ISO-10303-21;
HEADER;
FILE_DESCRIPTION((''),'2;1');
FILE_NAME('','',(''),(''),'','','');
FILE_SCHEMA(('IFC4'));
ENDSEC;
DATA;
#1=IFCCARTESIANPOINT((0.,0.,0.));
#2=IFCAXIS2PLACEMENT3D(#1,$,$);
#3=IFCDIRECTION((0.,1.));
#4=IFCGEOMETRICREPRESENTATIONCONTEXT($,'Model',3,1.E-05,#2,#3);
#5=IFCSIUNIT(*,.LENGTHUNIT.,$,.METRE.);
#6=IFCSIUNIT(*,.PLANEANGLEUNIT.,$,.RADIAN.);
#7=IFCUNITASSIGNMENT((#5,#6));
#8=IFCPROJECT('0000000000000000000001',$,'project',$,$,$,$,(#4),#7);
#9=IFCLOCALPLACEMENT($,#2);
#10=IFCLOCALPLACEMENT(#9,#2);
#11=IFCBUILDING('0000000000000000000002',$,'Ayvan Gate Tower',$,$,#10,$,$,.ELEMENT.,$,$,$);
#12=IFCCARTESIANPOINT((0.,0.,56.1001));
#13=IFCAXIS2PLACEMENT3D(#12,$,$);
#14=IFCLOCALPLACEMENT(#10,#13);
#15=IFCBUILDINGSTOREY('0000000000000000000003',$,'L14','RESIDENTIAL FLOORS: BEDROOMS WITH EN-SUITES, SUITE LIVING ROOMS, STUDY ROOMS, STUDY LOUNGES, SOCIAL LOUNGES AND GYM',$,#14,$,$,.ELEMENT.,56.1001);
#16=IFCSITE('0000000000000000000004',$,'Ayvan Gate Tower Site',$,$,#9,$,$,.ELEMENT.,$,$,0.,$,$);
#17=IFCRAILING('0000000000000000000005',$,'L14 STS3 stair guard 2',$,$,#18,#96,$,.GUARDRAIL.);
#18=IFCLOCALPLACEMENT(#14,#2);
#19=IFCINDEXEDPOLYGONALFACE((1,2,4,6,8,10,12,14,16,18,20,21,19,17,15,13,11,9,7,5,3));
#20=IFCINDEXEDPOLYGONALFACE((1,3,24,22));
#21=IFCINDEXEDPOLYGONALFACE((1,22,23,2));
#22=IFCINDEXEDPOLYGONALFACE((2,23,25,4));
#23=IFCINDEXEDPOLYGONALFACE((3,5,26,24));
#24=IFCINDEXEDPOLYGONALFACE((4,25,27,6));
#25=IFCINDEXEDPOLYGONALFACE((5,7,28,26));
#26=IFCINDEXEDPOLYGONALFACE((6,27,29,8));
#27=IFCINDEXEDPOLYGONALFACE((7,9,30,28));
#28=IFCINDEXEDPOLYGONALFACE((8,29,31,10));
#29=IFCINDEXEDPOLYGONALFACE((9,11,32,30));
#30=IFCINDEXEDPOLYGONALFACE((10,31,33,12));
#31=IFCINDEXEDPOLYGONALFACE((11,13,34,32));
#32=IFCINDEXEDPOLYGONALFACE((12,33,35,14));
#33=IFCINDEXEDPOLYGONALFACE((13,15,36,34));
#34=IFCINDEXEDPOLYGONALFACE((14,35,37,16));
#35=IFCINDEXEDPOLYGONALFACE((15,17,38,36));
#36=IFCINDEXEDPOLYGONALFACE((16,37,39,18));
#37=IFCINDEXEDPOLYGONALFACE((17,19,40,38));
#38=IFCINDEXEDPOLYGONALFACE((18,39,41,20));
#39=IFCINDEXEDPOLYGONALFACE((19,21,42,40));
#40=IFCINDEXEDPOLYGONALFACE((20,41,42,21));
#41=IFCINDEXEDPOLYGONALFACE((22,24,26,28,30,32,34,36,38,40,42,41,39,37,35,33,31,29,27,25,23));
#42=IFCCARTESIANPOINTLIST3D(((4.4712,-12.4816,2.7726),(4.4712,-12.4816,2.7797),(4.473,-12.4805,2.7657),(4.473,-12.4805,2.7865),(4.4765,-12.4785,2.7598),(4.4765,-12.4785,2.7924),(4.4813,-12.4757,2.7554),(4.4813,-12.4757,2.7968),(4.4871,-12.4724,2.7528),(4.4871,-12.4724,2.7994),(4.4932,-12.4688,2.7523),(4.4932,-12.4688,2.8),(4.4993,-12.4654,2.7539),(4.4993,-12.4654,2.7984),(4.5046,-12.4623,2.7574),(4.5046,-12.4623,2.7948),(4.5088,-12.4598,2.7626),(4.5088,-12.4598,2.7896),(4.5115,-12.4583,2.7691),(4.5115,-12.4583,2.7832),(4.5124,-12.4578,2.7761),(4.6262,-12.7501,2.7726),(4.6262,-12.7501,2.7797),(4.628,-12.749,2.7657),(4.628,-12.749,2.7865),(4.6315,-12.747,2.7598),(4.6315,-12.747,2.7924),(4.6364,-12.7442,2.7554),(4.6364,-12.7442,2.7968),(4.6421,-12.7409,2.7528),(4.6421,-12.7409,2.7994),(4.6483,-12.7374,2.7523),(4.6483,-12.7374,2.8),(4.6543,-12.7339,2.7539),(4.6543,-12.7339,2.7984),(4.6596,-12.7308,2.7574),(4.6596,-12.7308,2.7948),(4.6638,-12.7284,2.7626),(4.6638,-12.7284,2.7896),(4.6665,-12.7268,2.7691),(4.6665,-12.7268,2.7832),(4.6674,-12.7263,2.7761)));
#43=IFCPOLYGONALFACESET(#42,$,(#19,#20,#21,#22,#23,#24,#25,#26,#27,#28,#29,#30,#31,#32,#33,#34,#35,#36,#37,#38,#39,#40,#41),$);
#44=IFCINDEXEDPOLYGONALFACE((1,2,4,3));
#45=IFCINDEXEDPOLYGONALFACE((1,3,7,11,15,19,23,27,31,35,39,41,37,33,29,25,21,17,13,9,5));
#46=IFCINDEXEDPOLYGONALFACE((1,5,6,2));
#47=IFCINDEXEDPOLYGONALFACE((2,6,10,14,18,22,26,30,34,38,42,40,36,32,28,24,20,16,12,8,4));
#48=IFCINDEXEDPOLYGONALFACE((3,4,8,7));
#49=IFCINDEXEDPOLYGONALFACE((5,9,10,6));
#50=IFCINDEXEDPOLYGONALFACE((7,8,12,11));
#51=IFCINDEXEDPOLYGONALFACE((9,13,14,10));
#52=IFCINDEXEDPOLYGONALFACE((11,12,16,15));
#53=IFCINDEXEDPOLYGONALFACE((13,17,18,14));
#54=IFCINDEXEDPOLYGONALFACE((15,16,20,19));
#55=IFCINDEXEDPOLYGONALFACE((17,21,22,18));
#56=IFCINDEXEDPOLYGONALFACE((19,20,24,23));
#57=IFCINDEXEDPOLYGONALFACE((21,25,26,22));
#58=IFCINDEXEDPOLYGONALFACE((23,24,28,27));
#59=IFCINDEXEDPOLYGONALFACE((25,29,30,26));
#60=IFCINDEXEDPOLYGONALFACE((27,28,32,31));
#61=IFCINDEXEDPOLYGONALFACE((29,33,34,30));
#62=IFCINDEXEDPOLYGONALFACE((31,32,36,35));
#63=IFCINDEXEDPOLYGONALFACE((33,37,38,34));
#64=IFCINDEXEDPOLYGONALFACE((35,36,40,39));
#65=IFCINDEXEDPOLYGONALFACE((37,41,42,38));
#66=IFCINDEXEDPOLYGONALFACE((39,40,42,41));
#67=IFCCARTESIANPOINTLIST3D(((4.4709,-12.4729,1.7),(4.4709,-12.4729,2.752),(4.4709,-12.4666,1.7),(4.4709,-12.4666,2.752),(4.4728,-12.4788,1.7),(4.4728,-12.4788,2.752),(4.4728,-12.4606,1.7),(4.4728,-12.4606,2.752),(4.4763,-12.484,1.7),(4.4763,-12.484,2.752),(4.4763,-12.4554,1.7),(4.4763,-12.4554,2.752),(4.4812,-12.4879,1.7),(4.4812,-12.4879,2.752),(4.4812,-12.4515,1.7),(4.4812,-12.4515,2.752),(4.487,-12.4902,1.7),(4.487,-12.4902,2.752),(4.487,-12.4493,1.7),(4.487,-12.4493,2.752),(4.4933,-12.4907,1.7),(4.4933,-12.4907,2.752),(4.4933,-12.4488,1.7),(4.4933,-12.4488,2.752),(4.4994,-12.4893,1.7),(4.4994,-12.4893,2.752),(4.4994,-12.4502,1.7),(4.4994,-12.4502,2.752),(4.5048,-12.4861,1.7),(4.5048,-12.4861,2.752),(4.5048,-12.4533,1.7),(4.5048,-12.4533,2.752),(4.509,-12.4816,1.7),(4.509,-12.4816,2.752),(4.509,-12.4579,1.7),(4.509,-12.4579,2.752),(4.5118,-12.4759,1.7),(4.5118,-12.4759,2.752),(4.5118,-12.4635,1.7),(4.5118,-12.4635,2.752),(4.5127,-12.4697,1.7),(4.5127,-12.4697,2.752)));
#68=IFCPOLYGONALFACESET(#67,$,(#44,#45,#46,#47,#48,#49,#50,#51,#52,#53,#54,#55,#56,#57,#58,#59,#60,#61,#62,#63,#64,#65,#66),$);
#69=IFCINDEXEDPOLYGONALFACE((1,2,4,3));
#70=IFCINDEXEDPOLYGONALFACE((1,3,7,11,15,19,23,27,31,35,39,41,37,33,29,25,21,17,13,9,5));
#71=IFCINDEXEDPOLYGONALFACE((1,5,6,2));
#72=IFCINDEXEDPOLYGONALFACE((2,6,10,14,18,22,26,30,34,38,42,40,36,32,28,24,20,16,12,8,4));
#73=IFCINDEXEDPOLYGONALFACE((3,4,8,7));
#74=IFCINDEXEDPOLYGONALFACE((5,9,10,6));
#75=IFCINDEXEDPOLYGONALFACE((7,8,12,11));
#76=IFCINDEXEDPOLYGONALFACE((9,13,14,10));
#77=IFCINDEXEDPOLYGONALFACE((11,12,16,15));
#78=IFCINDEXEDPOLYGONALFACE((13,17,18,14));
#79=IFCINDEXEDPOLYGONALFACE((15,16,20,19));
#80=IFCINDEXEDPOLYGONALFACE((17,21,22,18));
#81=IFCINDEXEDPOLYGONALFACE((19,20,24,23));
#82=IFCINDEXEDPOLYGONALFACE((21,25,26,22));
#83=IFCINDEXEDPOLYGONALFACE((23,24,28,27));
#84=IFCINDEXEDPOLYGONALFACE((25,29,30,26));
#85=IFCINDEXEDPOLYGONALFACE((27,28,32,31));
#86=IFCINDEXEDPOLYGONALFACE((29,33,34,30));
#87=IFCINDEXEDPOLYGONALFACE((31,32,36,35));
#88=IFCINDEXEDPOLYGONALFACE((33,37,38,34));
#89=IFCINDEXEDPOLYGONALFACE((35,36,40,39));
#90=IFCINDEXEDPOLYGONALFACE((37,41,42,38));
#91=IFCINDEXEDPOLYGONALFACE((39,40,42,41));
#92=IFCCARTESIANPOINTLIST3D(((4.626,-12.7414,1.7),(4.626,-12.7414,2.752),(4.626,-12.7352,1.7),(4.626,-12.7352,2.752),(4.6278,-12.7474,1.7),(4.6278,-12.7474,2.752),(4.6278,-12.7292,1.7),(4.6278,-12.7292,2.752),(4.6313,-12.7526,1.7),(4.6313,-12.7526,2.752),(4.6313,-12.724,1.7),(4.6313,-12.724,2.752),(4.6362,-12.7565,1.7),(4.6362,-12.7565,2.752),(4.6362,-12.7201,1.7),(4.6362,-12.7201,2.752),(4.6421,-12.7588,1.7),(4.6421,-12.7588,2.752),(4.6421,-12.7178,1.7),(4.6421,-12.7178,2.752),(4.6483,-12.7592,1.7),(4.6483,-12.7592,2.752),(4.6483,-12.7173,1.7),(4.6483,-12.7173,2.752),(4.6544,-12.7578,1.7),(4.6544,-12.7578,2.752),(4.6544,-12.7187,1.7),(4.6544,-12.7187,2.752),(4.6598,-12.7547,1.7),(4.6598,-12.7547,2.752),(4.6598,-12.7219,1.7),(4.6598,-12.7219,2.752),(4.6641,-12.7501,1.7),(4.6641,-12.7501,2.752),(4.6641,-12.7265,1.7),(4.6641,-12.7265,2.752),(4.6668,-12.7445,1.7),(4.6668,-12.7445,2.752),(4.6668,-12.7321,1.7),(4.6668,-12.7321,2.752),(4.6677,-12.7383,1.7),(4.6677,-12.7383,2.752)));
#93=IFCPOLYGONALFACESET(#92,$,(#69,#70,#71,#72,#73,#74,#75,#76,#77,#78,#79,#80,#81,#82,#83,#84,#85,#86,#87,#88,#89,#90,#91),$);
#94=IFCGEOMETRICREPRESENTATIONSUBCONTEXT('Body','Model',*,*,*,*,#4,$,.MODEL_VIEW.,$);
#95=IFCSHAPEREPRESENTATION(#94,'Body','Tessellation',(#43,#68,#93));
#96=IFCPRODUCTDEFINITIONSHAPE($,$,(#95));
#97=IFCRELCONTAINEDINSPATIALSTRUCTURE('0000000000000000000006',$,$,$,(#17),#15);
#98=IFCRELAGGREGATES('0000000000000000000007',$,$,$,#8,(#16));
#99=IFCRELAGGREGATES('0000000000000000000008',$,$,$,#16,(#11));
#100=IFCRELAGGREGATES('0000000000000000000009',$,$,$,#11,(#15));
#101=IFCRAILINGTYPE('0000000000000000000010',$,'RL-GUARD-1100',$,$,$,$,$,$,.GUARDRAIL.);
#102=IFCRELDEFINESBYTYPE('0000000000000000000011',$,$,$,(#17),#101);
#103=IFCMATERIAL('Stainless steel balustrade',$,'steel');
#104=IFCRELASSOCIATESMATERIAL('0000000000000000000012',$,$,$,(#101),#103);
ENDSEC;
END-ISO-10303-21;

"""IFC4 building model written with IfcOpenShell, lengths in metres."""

from ifc_helpers import new_model, si_unit, direction, frame, origin, origin_2d, place, context, subcontext, project, spatial, circle, extrude, material, type_object, element, save


model = new_model("IFC4")

# Units and contexts
model_context = context("Model", 3, precision=1e-05, world=origin(), true_north=direction((0.0, 1.0)))
body_context = subcontext(model_context, "Body", "Model", "MODEL_VIEW")
ifc_project = project(units=[si_unit("LENGTHUNIT", "METRE"), si_unit("PLANEANGLEUNIT", "RADIAN")], contexts=[model_context])

# Site, building, storey
site_placement = place(None, origin())
site = spatial("IfcSite", under=ifc_project, at=site_placement, Name="Ayvan Gate Tower Site", CompositionType="ELEMENT", RefElevation=0.0)
building_placement = place(site_placement, origin())
building = spatial("IfcBuilding", under=site, at=building_placement, Name="Ayvan Gate Tower", CompositionType="ELEMENT")
storey_placement = place(building_placement, frame((0.0, 0.0, 56.1001)))
storey = spatial("IfcBuildingStorey", under=building, at=storey_placement, Name="L14", Description="RESIDENTIAL FLOORS: BEDROOMS WITH EN-SUITES, SUITE LIVING ROOMS, STUDY ROOMS, STUDY LOUNGES, SOCIAL LOUNGES AND GYM", CompositionType="ELEMENT", Elevation=56.1001)

# Railing
ifc_material_1 = material(Name="Stainless steel balustrade", Category="steel")
railing_type_1 = type_object("IfcRailingType", Name="RL-GUARD-1100", PredefinedType="GUARDRAIL", material=ifc_material_1)
railing_1_placement = place(storey_placement, frame((4.4917, -12.4697, 1.7)))
element("IfcRailing", 1, at=railing_1_placement, inside=storey, type_object=railing_type_1, Name="L14 STS3 stair guard 2", PredefinedType="GUARDRAIL", context=body_context, shape_type="SweptSolid", body=[
    extrude(circle(Radius=0.0239, at=origin_2d()), frame((0.0, 0.0, 1.0762), z_axis=(0.49995, -0.866054, 0.0), x_axis=(0.866054, 0.49995, 0.0)), (0.0, 0.0, 1.0), 0.3101),
    extrude(circle(Radius=0.021, at=origin_2d()), origin(), (0.0, 0.0, 1.0), 1.052),
    extrude(circle(Radius=0.021, at=origin_2d()), frame((0.155, -0.2686, 0.0)), (0.0, 0.0, 1.0), 1.052),
])

save(model, "model.ifc")
